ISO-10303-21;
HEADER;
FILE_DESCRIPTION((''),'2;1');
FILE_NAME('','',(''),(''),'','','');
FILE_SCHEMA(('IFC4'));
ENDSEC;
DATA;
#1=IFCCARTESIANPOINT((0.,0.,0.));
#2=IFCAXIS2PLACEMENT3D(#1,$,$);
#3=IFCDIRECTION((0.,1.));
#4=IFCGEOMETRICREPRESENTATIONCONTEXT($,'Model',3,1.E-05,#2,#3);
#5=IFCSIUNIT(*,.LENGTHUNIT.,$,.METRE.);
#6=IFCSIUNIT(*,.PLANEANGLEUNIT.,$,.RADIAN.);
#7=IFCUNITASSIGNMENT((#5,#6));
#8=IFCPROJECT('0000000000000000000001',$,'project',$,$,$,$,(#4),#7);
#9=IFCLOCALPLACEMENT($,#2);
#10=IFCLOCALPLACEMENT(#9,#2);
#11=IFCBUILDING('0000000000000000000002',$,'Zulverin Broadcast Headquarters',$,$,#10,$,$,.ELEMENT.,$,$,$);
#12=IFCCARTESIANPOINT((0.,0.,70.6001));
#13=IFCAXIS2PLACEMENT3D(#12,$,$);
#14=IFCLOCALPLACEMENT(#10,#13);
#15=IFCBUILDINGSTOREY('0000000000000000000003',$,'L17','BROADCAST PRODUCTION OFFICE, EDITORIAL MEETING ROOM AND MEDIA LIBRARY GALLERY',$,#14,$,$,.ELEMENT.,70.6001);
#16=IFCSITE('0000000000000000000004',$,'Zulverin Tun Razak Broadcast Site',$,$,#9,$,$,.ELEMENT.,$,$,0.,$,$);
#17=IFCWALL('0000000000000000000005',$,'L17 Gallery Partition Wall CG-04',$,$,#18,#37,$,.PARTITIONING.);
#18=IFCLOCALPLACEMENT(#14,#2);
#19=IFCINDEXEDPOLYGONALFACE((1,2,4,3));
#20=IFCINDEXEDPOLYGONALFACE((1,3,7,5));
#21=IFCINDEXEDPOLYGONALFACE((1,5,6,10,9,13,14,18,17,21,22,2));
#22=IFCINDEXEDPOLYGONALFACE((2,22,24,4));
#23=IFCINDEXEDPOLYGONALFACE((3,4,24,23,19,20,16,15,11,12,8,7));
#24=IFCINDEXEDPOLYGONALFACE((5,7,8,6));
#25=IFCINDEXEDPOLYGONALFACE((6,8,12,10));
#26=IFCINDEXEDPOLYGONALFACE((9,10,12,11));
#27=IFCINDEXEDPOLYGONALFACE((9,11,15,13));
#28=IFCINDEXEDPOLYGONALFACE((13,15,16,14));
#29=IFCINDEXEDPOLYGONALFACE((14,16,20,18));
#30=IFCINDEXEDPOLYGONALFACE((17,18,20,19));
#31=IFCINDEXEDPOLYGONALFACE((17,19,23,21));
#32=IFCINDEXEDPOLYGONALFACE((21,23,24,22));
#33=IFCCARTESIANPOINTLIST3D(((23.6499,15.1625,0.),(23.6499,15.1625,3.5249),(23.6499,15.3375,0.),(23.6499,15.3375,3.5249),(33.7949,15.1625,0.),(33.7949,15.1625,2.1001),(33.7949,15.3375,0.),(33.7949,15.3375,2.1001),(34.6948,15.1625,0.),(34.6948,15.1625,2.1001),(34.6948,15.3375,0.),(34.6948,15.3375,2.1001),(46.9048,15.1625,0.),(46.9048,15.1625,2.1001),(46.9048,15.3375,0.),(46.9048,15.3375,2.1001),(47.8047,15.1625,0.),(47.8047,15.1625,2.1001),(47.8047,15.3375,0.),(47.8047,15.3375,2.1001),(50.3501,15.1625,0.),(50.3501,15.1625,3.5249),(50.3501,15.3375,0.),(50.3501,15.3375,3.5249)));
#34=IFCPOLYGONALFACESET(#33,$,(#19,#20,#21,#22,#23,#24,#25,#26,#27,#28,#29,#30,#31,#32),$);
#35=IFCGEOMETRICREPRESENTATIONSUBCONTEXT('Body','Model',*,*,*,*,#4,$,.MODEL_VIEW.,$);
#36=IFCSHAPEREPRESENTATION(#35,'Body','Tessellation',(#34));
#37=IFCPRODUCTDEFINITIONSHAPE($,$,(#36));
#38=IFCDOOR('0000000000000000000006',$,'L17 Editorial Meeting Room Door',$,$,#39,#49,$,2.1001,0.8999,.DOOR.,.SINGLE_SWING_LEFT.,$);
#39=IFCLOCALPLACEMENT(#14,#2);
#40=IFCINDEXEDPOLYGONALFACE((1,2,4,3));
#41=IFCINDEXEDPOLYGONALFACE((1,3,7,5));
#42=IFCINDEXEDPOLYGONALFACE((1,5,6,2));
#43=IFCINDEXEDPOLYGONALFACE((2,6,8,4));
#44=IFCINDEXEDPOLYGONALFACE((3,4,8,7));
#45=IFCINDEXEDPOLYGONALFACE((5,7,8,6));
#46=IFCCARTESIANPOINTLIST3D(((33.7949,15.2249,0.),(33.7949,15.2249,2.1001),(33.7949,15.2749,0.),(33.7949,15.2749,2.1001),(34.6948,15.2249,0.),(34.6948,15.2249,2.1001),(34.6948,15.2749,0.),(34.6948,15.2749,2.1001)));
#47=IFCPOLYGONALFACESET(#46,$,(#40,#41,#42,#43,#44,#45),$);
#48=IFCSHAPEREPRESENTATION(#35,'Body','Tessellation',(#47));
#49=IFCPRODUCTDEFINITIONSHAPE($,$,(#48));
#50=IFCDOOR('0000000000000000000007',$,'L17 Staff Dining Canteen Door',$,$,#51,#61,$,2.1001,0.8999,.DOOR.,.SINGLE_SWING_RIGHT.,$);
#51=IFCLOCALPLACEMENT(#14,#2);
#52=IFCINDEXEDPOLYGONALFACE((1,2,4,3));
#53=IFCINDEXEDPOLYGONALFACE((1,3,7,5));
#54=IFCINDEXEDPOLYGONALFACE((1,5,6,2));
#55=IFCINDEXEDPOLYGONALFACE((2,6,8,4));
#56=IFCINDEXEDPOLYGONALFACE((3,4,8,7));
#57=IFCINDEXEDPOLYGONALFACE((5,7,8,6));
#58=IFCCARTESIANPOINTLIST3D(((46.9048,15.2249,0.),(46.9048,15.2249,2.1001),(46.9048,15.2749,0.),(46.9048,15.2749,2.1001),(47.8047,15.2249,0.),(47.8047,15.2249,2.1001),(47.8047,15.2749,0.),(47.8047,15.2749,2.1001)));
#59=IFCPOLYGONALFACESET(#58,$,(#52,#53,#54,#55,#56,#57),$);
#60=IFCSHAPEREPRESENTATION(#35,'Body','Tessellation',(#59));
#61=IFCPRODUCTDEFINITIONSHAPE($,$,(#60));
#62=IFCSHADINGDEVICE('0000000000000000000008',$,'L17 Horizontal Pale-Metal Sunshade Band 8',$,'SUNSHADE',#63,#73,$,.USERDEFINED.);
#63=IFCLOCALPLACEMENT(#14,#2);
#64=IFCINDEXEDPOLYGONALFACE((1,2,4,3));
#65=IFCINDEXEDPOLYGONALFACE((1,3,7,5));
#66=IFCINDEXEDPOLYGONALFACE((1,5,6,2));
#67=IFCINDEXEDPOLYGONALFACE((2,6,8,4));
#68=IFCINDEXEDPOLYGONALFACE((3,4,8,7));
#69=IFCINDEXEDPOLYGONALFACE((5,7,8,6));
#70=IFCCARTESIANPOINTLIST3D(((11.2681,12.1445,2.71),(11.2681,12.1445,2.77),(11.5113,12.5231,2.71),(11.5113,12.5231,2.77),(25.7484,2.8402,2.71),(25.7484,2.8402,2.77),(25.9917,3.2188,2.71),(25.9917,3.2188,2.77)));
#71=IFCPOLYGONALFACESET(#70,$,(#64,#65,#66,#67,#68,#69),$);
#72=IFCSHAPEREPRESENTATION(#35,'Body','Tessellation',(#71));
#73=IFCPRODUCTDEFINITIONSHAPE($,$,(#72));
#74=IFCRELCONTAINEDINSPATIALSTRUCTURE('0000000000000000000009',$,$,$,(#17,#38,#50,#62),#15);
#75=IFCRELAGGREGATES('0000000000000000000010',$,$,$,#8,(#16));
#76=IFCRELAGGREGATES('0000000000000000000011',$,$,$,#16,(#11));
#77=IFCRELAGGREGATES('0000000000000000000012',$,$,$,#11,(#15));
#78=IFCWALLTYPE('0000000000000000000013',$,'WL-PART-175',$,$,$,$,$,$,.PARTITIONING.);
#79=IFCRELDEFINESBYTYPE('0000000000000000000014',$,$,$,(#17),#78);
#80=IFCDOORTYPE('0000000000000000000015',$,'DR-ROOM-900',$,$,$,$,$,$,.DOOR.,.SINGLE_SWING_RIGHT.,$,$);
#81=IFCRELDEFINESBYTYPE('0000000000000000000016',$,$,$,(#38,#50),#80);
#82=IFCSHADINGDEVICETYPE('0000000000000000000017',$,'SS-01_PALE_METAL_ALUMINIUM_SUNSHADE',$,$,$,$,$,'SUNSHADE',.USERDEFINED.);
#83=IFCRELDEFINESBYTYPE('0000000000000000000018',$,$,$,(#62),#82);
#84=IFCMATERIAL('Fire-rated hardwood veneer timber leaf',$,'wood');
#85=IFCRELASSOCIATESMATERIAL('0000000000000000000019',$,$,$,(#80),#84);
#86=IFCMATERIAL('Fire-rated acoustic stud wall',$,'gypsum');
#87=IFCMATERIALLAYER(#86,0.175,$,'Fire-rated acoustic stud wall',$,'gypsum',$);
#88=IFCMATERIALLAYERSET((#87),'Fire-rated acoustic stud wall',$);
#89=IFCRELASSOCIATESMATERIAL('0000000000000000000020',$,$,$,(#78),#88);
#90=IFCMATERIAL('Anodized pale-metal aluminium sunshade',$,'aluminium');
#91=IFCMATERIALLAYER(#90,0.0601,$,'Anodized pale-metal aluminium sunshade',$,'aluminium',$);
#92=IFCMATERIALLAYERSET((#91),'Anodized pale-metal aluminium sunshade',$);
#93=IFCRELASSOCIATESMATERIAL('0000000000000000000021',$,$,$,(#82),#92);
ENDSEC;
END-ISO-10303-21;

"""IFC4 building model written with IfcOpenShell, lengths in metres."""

from ifc_helpers import new_model, si_unit, direction, frame, frame_2d, origin, origin_2d, place, context, subcontext, project, spatial, rectangle, extrude, material, layer, layer_set, type_object, element, fill, save


model = new_model("IFC4")

# Units and contexts
model_context = context("Model", 3, precision=1e-05, world=origin(), true_north=direction((0.0, 1.0)))
body_context = subcontext(model_context, "Body", "Model", "MODEL_VIEW")
ifc_project = project(units=[si_unit("LENGTHUNIT", "METRE"), si_unit("PLANEANGLEUNIT", "RADIAN")], contexts=[model_context])

# Site, building, storey
site_placement = place(None, origin())
site = spatial("IfcSite", under=ifc_project, at=site_placement, Name="Zulverin Tun Razak Broadcast Site", CompositionType="ELEMENT", RefElevation=0.0)
building_placement = place(site_placement, origin())
building = spatial("IfcBuilding", under=site, at=building_placement, Name="Zulverin Broadcast Headquarters", CompositionType="ELEMENT")
storey_placement = place(building_placement, frame((0.0, 0.0, 70.6001)))
storey = spatial("IfcBuildingStorey", under=building, at=storey_placement, Name="L17", Description="BROADCAST PRODUCTION OFFICE, EDITORIAL MEETING ROOM AND MEDIA LIBRARY GALLERY", CompositionType="ELEMENT", Elevation=70.6001)

# Shared definitions
ifc_material_1 = material(Name="Fire-rated hardwood veneer timber leaf", Category="wood")
door_type_1 = type_object("IfcDoorType", Name="DR-ROOM-900", OperationType="SINGLE_SWING_RIGHT", PredefinedType="DOOR", material=ifc_material_1)

# Wall, openings, doors
ifc_material_2 = material(Name="Fire-rated acoustic stud wall", Category="gypsum")
ifc_layer_1 = layer(ifc_material_2, 0.175, Name="Fire-rated acoustic stud wall", Category="gypsum")
ifc_layer_set_1 = layer_set([ifc_layer_1], Name="Fire-rated acoustic stud wall")
wall_type_1 = type_object("IfcWallType", Name="WL-PART-175", PredefinedType="PARTITIONING", material=ifc_layer_set_1)
wall_1_placement = place(storey_placement, frame((23.6499, 15.25, 0.0), z_axis=(0.0, 0.0, 1.0), x_axis=(1.0, 0.0, 0.0)))
wall_1 = element("IfcWall", 1, at=wall_1_placement, inside=storey, type_object=wall_type_1, Name="L17 Gallery Partition Wall CG-04", PredefinedType="PARTITIONING", context=body_context, shape_type="SweptSolid", body=[
    extrude(rectangle(XDim=26.7002, YDim=0.175, at=frame_2d((13.3501, 0.0))), origin(), (0.0, 0.0, 1.0), 3.5249),
])
opening_1_placement = place(wall_1_placement, frame((10.145, 0.0, 0.0)))
opening_1 = element("IfcOpeningElement", 2, at=opening_1_placement, cuts=wall_1, PredefinedType="OPENING", context=body_context, shape_type="SweptSolid", body=[
    extrude(rectangle(XDim=0.8999, YDim=2.1001, at=frame_2d((0.45, 1.05))), frame((0.0, 0.0974, 0.0), z_axis=(0.0, -1.0, 0.0), x_axis=(1.0, 0.0, 0.0)), (0.0, 0.0, 1.0), 0.1951),
])
opening_2_placement = place(wall_1_placement, frame((23.2549, 0.0, 0.0)))
opening_2 = element("IfcOpeningElement", 3, at=opening_2_placement, cuts=wall_1, PredefinedType="OPENING", context=body_context, shape_type="SweptSolid", body=[
    extrude(rectangle(XDim=0.8999, YDim=2.1001, at=frame_2d((0.45, 1.05))), frame((0.0, 0.0974, 0.0), z_axis=(0.0, -1.0, 0.0), x_axis=(1.0, 0.0, 0.0)), (0.0, 0.0, 1.0), 0.1951),
])
door_1_placement = place(opening_1_placement, origin())
door_1 = element("IfcDoor", 4, at=door_1_placement, inside=storey, type_object=door_type_1, Name="L17 Editorial Meeting Room Door", OperationType="SINGLE_SWING_LEFT", OverallHeight=2.1001, OverallWidth=0.8999, PredefinedType="DOOR", context=body_context, shape_type="SweptSolid", body=[
    extrude(rectangle(XDim=0.8999, YDim=2.1001, at=frame_2d((0.45, 1.05))), frame((0.0, 0.0249, 0.0), z_axis=(0.0, -1.0, 0.0), x_axis=(1.0, 0.0, 0.0)), (0.0, 0.0, 1.0), 0.05),
])
fill(opening_1, door_1)
door_2_placement = place(opening_2_placement, origin())
door_2 = element("IfcDoor", 5, at=door_2_placement, inside=storey, type_object=door_type_1, Name="L17 Staff Dining Canteen Door", OperationType="SINGLE_SWING_RIGHT", OverallHeight=2.1001, OverallWidth=0.8999, PredefinedType="DOOR", context=body_context, shape_type="SweptSolid", body=[
    extrude(rectangle(XDim=0.8999, YDim=2.1001, at=frame_2d((0.45, 1.05))), frame((0.0, 0.0249, 0.0), z_axis=(0.0, -1.0, 0.0), x_axis=(1.0, 0.0, 0.0)), (0.0, 0.0, 1.0), 0.05),
])
fill(opening_2, door_2)

# Shading device
ifc_material_3 = material(Name="Anodized pale-metal aluminium sunshade", Category="aluminium")
ifc_layer_2 = layer(ifc_material_3, 0.0601, Name="Anodized pale-metal aluminium sunshade", Category="aluminium")
ifc_layer_set_2 = layer_set([ifc_layer_2], Name="Anodized pale-metal aluminium sunshade")
shading_device_type = type_object("IfcShadingDeviceType", Name="SS-01_PALE_METAL_ALUMINIUM_SUNSHADE", ElementType="SUNSHADE", PredefinedType="USERDEFINED", material=ifc_layer_set_2)
shading_device_placement = place(storey_placement, frame((18.6299, 7.6816, 2.71), z_axis=(0.0, 0.0, 1.0), x_axis=(0.841297, -0.540574, 0.0)))
element("IfcShadingDevice", 6, at=shading_device_placement, inside=storey, type_object=shading_device_type, Name="L17 Horizontal Pale-Metal Sunshade Band 8", ObjectType="SUNSHADE", PredefinedType="USERDEFINED", context=body_context, shape_type="SweptSolid", body=[
    extrude(rectangle(XDim=17.2119, YDim=0.45, at=origin_2d()), origin(), (0.0, 0.0, 1.0), 0.0601),
])

save(model, "model.ifc")
